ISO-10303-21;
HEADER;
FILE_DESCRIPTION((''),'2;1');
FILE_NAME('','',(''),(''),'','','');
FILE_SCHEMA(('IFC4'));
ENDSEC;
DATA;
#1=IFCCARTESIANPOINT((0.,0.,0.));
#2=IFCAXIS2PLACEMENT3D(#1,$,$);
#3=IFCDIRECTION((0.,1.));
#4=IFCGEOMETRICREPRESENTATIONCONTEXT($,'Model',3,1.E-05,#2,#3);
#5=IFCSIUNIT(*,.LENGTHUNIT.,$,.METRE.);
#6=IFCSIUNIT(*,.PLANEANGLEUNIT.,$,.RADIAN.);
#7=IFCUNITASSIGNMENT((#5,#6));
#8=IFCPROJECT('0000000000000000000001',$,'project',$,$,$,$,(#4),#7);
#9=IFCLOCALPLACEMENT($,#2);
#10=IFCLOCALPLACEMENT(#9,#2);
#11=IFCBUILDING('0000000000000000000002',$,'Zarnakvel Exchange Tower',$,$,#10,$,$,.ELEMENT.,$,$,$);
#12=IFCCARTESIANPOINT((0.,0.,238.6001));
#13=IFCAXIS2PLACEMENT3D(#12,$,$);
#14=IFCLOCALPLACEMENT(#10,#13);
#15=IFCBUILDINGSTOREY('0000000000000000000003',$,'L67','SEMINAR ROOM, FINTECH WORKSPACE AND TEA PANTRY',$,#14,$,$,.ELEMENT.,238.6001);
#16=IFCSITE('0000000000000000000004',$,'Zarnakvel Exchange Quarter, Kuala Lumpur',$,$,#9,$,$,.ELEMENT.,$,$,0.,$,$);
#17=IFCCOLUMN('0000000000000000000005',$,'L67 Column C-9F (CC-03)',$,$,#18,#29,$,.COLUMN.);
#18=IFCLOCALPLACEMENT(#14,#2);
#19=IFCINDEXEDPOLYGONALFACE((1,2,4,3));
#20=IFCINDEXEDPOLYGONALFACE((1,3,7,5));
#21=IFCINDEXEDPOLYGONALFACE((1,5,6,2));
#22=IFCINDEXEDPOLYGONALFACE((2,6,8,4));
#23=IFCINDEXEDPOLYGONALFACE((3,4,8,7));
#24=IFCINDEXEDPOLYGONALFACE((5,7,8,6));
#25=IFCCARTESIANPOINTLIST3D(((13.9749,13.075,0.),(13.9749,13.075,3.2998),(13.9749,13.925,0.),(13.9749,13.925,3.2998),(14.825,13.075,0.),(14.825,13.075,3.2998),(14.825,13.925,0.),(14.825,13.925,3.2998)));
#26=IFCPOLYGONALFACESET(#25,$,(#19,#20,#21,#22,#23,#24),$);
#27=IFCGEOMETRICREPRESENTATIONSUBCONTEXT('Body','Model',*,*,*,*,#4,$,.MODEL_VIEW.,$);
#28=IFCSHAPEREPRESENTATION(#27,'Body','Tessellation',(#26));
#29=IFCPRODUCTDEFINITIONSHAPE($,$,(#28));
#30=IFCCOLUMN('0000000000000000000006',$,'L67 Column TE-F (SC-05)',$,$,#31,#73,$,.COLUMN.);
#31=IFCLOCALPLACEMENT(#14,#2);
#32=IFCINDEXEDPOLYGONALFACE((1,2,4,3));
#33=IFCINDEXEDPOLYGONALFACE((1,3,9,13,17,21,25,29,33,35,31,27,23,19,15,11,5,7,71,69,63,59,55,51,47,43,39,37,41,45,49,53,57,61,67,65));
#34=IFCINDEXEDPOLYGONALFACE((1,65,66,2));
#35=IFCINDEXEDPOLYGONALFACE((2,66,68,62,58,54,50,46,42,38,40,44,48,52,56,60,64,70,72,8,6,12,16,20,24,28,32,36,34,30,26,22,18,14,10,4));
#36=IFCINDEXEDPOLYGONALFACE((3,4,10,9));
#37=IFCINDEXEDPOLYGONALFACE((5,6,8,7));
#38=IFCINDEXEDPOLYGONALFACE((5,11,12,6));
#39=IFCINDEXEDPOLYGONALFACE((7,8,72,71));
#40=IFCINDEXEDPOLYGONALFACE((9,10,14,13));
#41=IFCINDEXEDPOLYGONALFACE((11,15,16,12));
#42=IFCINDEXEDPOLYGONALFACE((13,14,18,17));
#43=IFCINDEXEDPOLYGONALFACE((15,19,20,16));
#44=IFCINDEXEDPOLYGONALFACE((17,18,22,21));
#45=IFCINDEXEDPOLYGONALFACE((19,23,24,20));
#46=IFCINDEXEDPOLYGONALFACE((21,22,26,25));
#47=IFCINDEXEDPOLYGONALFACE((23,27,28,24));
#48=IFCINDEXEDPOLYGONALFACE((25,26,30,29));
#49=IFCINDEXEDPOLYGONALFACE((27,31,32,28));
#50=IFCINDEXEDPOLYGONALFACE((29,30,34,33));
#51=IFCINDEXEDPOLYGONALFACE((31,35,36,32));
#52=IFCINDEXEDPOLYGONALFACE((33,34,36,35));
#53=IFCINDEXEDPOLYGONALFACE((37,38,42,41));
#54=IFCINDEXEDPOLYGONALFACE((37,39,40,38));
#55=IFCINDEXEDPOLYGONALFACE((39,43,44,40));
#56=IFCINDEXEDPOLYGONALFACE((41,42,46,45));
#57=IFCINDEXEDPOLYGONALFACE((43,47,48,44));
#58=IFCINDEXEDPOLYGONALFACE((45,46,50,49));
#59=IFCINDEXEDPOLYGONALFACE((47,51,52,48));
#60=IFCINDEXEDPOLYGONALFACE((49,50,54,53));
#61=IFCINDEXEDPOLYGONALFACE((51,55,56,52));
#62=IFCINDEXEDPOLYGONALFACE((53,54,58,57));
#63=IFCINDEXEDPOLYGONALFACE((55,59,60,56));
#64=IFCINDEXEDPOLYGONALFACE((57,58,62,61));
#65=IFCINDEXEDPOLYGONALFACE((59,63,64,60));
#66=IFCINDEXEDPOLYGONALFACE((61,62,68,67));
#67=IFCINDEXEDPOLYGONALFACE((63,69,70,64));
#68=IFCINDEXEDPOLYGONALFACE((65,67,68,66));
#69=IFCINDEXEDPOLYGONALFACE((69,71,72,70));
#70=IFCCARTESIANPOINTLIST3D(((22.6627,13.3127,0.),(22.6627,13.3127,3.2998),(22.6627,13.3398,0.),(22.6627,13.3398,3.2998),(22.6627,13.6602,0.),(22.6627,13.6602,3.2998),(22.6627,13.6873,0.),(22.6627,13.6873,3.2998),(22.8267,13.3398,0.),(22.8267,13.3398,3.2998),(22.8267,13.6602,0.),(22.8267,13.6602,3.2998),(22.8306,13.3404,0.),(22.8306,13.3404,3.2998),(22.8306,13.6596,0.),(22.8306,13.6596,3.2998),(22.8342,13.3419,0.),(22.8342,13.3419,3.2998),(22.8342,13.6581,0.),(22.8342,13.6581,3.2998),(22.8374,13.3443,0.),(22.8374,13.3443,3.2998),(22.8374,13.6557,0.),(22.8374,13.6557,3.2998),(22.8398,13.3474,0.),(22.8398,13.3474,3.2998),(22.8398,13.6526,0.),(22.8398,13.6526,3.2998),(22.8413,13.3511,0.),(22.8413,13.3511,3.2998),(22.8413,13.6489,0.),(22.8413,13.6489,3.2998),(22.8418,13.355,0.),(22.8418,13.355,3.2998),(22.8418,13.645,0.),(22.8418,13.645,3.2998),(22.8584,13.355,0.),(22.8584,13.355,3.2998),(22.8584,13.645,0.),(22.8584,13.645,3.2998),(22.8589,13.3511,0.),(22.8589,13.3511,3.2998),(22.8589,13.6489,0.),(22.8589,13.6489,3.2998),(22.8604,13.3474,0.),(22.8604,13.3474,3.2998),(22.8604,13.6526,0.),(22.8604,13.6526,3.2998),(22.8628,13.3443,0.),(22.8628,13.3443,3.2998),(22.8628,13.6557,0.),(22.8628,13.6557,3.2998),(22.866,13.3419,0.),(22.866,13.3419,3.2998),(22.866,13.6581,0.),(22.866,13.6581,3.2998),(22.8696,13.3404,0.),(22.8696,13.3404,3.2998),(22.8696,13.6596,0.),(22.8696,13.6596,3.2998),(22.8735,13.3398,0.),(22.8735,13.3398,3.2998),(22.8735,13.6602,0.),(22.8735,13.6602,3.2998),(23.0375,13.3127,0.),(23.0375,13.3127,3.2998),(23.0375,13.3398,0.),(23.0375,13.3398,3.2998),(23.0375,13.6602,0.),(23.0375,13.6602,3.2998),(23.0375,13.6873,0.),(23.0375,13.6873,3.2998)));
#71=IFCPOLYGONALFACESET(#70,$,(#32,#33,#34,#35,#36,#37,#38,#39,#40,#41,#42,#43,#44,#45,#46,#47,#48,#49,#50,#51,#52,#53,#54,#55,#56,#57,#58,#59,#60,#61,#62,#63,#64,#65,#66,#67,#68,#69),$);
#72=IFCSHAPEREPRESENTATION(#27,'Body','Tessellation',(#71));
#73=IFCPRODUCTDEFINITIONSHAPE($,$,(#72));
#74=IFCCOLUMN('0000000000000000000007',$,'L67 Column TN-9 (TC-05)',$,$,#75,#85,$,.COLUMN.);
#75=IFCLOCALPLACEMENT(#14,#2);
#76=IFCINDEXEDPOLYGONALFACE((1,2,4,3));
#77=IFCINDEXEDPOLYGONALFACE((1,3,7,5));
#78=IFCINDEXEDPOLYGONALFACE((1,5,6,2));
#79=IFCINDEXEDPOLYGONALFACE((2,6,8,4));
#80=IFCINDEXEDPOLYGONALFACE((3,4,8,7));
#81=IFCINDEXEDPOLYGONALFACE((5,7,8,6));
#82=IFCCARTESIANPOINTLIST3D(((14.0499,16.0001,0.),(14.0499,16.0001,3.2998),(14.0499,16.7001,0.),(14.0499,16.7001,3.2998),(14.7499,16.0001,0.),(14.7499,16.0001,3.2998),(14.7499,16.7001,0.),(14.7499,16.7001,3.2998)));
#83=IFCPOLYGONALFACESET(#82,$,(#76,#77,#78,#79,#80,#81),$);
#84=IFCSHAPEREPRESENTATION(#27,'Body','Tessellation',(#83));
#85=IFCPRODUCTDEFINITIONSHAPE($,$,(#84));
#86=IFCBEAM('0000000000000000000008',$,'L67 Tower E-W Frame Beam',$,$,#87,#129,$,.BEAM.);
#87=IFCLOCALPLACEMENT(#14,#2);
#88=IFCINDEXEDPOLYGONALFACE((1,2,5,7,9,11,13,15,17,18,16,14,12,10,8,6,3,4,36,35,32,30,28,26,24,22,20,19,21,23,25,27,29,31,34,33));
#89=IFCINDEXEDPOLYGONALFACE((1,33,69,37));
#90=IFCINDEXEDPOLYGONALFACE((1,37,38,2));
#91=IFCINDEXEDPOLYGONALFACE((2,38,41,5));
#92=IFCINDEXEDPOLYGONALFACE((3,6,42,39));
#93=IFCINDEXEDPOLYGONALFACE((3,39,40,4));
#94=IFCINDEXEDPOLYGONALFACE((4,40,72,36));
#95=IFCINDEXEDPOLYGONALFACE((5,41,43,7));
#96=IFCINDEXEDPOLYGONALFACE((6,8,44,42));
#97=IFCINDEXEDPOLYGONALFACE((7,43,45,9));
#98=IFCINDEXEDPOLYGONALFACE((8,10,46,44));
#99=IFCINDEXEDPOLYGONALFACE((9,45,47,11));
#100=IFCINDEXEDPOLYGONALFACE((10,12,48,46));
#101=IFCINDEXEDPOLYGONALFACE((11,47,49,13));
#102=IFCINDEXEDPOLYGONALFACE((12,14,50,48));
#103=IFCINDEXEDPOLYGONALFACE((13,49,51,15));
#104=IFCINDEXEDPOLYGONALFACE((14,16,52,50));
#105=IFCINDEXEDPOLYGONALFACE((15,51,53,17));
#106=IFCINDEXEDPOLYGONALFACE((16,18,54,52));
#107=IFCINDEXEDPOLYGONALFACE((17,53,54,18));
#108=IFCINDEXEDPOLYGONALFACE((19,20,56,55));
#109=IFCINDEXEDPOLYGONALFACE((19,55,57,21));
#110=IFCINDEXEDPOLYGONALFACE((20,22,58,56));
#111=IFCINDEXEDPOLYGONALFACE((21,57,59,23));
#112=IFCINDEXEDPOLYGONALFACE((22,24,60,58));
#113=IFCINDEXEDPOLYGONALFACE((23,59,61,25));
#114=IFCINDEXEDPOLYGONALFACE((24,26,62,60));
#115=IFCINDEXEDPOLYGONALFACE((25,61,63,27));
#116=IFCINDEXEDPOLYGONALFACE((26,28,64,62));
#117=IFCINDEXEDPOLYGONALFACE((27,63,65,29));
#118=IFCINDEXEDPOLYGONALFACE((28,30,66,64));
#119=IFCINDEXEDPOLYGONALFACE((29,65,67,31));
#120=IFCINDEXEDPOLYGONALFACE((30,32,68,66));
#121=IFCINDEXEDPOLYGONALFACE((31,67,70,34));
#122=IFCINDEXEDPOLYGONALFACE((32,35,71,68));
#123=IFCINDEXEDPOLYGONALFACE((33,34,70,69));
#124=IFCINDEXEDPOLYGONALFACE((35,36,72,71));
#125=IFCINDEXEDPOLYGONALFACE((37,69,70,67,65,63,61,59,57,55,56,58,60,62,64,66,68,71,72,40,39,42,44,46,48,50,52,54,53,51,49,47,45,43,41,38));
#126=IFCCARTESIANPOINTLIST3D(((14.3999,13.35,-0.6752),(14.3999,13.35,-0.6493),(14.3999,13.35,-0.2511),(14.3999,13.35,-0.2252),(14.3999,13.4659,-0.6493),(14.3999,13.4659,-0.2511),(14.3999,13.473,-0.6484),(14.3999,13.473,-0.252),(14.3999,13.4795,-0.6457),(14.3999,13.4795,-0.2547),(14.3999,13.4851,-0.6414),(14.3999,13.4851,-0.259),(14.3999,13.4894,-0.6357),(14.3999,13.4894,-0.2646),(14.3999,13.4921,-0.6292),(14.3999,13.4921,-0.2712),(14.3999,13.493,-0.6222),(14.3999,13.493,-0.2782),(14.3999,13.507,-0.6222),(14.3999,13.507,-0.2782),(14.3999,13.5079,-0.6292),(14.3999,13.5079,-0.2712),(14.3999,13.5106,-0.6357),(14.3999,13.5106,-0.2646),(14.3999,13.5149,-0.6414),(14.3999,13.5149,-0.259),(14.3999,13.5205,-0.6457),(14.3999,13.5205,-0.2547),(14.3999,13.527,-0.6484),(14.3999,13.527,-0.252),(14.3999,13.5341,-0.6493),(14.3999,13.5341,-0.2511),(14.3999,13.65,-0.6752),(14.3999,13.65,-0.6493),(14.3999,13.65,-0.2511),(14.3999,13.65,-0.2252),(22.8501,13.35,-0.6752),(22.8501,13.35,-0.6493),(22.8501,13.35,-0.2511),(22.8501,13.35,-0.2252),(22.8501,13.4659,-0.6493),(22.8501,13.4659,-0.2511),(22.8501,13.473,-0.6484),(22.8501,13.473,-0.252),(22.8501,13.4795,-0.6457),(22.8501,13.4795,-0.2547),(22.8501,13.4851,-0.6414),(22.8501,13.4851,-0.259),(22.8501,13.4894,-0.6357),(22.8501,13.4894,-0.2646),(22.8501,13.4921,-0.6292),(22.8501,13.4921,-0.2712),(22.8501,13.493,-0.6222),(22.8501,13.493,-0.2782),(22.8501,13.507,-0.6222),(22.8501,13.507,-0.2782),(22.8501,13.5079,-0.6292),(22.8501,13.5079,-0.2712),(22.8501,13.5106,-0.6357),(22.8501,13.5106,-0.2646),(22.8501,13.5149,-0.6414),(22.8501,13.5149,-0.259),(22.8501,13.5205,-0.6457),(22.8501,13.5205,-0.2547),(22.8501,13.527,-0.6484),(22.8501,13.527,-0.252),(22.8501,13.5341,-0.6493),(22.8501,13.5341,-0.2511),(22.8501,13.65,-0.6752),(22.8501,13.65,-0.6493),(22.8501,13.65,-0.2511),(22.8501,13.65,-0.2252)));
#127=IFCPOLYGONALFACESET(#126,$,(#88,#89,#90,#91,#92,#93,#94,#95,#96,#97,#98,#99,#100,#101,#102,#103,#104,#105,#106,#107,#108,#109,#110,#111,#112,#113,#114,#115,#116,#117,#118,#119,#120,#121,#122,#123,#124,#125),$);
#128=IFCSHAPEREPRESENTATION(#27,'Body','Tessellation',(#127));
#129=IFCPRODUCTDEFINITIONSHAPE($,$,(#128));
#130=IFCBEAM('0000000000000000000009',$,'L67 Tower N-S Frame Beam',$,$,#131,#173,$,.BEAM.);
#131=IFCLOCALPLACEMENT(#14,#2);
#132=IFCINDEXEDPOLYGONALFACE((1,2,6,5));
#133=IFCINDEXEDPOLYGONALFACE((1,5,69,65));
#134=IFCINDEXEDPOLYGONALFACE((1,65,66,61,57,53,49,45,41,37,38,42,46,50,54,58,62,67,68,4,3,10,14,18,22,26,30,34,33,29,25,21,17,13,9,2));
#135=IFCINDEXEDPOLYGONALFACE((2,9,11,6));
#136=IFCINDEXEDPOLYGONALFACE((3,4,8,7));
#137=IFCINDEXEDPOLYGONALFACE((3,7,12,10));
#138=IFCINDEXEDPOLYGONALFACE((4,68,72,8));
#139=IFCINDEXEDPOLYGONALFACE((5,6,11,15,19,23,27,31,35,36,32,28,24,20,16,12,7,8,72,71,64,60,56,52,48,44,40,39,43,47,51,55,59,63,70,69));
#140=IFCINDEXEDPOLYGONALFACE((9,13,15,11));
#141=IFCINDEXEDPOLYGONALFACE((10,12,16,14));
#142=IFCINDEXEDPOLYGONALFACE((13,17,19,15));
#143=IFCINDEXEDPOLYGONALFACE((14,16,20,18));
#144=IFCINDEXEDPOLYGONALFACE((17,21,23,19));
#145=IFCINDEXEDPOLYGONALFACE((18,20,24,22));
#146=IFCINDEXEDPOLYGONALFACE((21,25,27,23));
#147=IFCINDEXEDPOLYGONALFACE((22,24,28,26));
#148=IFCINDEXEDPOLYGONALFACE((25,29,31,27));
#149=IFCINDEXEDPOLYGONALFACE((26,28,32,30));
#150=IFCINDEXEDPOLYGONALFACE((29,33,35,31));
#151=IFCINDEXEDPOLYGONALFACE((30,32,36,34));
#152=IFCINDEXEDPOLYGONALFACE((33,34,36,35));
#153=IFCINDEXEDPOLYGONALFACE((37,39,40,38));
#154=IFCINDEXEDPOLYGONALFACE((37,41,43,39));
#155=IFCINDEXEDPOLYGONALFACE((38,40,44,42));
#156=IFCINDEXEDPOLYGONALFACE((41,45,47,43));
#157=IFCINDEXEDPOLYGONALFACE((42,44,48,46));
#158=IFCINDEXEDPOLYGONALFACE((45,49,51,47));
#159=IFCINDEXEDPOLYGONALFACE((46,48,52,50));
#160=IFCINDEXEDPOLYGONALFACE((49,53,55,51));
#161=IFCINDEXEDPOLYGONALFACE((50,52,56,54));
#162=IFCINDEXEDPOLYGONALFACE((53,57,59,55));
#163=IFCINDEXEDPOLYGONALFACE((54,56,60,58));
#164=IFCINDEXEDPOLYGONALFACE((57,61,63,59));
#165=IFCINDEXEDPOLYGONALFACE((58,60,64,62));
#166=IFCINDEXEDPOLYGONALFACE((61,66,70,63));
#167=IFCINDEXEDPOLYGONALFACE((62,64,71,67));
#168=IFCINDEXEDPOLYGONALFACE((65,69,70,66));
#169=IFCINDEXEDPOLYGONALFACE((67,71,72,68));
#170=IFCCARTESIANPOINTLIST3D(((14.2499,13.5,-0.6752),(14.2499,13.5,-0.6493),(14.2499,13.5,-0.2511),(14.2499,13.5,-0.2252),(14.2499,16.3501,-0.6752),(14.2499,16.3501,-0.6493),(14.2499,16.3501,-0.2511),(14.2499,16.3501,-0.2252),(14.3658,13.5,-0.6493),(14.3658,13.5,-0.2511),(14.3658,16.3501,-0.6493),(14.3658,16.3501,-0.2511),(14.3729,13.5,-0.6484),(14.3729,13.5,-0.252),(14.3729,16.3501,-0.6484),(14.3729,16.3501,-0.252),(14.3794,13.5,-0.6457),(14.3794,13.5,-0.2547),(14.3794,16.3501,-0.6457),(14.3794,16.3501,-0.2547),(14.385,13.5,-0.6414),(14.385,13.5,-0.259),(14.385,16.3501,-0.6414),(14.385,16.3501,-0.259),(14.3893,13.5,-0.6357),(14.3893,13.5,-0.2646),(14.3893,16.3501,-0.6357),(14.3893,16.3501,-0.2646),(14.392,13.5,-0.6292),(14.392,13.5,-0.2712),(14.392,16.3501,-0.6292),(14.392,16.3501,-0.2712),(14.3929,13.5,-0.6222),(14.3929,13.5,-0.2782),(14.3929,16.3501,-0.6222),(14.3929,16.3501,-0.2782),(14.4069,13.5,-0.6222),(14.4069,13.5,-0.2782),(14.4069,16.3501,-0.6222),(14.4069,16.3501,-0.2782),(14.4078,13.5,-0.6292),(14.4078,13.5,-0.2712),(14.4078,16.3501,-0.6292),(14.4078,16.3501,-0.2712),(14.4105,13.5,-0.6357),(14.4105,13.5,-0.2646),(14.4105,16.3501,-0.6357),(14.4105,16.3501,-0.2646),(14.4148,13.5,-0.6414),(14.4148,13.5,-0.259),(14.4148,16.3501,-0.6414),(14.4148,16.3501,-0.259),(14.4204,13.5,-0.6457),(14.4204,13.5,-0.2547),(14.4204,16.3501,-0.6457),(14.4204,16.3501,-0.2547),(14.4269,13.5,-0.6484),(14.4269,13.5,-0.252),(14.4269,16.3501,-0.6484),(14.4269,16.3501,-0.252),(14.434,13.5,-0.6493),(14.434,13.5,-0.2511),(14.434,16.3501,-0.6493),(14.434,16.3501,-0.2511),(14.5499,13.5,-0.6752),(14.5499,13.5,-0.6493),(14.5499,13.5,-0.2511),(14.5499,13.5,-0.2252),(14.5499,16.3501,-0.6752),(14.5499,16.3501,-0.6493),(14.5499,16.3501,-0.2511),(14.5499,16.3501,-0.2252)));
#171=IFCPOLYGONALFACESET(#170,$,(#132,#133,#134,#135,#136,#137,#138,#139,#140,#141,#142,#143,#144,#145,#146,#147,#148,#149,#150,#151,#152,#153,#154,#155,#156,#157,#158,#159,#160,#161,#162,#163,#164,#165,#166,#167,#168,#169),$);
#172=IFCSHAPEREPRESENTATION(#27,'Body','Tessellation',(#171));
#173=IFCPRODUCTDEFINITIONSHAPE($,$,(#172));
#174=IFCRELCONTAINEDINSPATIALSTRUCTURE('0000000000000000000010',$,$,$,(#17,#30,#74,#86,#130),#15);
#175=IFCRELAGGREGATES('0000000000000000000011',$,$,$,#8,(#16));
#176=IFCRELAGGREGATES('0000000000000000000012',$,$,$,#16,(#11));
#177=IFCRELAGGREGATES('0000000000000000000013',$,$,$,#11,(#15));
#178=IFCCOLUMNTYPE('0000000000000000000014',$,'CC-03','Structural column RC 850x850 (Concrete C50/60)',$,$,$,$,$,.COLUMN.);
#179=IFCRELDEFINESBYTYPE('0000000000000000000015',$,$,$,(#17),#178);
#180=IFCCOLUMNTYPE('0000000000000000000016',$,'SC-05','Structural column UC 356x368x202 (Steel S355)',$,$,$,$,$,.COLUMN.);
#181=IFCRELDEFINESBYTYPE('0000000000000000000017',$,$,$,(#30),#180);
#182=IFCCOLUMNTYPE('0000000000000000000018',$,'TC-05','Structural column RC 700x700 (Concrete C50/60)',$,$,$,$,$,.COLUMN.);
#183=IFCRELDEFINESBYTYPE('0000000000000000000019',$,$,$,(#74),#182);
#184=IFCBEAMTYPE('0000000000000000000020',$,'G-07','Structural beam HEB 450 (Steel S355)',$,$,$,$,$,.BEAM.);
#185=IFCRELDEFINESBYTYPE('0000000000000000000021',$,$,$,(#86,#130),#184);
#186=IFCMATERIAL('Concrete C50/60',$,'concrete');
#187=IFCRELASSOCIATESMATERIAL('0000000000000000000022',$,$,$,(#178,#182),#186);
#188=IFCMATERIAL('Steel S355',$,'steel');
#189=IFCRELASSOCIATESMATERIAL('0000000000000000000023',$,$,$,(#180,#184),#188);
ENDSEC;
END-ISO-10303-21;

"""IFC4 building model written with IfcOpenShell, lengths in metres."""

from ifc_helpers import new_model, si_unit, direction, frame, origin, origin_2d, place, context, subcontext, project, spatial, rectangle, i_section, extrude, material, material_profile, profile_set, type_object, element, save


model = new_model("IFC4")

# Units and contexts
model_context = context("Model", 3, precision=1e-05, world=origin(), true_north=direction((0.0, 1.0)))
body_context = subcontext(model_context, "Body", "Model", "MODEL_VIEW")
ifc_project = project(units=[si_unit("LENGTHUNIT", "METRE"), si_unit("PLANEANGLEUNIT", "RADIAN")], contexts=[model_context])

# Site, building, storey
site_placement = place(None, origin())
site = spatial("IfcSite", under=ifc_project, at=site_placement, Name="Zarnakvel Exchange Quarter, Kuala Lumpur", CompositionType="ELEMENT", RefElevation=0.0)
building_placement = place(site_placement, origin())
building = spatial("IfcBuilding", under=site, at=building_placement, Name="Zarnakvel Exchange Tower", CompositionType="ELEMENT")
storey_placement = place(building_placement, frame((0.0, 0.0, 238.6001)))
storey = spatial("IfcBuildingStorey", under=building, at=storey_placement, Name="L67", Description="SEMINAR ROOM, FINTECH WORKSPACE AND TEA PANTRY", CompositionType="ELEMENT", Elevation=238.6001)

# Columns
ifc_material_1 = material(Name="Concrete C50/60", Category="concrete")
ifc_material_profile_1 = material_profile(ifc_material_1, rectangle(XDim=0.8501, YDim=0.8501, at=origin_2d()))
ifc_profile_set_1 = profile_set([ifc_material_profile_1], Name="Concrete C50/60")
column_type_1 = type_object("IfcColumnType", Name="CC-03", Description="Structural column RC 850x850 (Concrete C50/60)", PredefinedType="COLUMN", material=ifc_profile_set_1)
column_1_placement = place(storey_placement, frame((14.3999, 13.5, 0.0), z_axis=(0.0, 0.0, 1.0), x_axis=(1.0, 0.0, 0.0)))
element("IfcColumn", 1, at=column_1_placement, inside=storey, type_object=column_type_1, Name="L67 Column C-9F (CC-03)", PredefinedType="COLUMN", context=body_context, shape_type="SweptSolid", body=[
    extrude(rectangle(XDim=0.8501, YDim=0.8501, at=origin_2d()), origin(), (0.0, 0.0, 1.0), 3.2998),
])
ifc_material_2 = material(Name="Steel S355", Category="steel")
ifc_material_profile_2 = material_profile(ifc_material_2, i_section(OverallWidth=0.3748, OverallDepth=0.3745, WebThickness=0.0166, FlangeThickness=0.0271, FilletRadius=0.0151, at=origin_2d()))
ifc_profile_set_2 = profile_set([ifc_material_profile_2], Name="Steel S355")
column_type_2 = type_object("IfcColumnType", Name="SC-05", Description="Structural column UC 356x368x202 (Steel S355)", PredefinedType="COLUMN", material=ifc_profile_set_2)
column_2_placement = place(storey_placement, frame((22.8501, 13.5, 0.0), z_axis=(0.0, 0.0, 1.0), x_axis=(1.0, 0.0, 0.0)))
element("IfcColumn", 2, at=column_2_placement, inside=storey, type_object=column_type_2, Name="L67 Column TE-F (SC-05)", PredefinedType="COLUMN", context=body_context, shape_type="SweptSolid", body=[
    extrude(i_section(OverallWidth=0.3748, OverallDepth=0.3745, WebThickness=0.0166, FlangeThickness=0.0271, FilletRadius=0.0151, at=origin_2d()), origin(), (0.0, 0.0, 1.0), 3.2998),
])
ifc_material_profile_3 = material_profile(ifc_material_1, rectangle(XDim=0.7, YDim=0.7, at=origin_2d()))
ifc_profile_set_3 = profile_set([ifc_material_profile_3], Name="Concrete C50/60")
column_type_3 = type_object("IfcColumnType", Name="TC-05", Description="Structural column RC 700x700 (Concrete C50/60)", PredefinedType="COLUMN", material=ifc_profile_set_3)
column_3_placement = place(storey_placement, frame((14.3999, 16.3501, 0.0), z_axis=(0.0, 0.0, 1.0), x_axis=(1.0, 0.0, 0.0)))
element("IfcColumn", 3, at=column_3_placement, inside=storey, type_object=column_type_3, Name="L67 Column TN-9 (TC-05)", PredefinedType="COLUMN", context=body_context, shape_type="SweptSolid", body=[
    extrude(rectangle(XDim=0.7, YDim=0.7, at=origin_2d()), origin(), (0.0, 0.0, 1.0), 3.2998),
])

# Beams
ifc_material_profile_4 = material_profile(ifc_material_2, i_section(OverallWidth=0.3, OverallDepth=0.45, WebThickness=0.0139, FlangeThickness=0.0259, FilletRadius=0.0271, at=origin_2d()))
ifc_profile_set_4 = profile_set([ifc_material_profile_4], Name="Steel S355")
beam_type = type_object("IfcBeamType", Name="G-07", Description="Structural beam HEB 450 (Steel S355)", PredefinedType="BEAM", material=ifc_profile_set_4)
beam_1_placement = place(storey_placement, frame((14.3999, 13.5, -0.4502), z_axis=(1.0, 0.0, 0.0), x_axis=(0.0, 1.0, 0.0)))
element("IfcBeam", 4, at=beam_1_placement, inside=storey, type_object=beam_type, Name="L67 Tower E-W Frame Beam", PredefinedType="BEAM", context=body_context, shape_type="SweptSolid", body=[
    extrude(i_section(OverallWidth=0.3, OverallDepth=0.45, WebThickness=0.0139, FlangeThickness=0.0259, FilletRadius=0.0271, at=origin_2d()), origin(), (0.0, 0.0, 1.0), 8.4502),
])
beam_2_placement = place(storey_placement, frame((14.3999, 13.5, -0.4502), z_axis=(0.0, 1.0, 0.0), x_axis=(-1.0, 0.0, 0.0)))
element("IfcBeam", 5, at=beam_2_placement, inside=storey, type_object=beam_type, Name="L67 Tower N-S Frame Beam", PredefinedType="BEAM", context=body_context, shape_type="SweptSolid", body=[
    extrude(i_section(OverallWidth=0.3, OverallDepth=0.45, WebThickness=0.0139, FlangeThickness=0.0259, FilletRadius=0.0271, at=origin_2d()), origin(), (0.0, 0.0, 1.0), 2.8501),
])

save(model, "model.ifc")
